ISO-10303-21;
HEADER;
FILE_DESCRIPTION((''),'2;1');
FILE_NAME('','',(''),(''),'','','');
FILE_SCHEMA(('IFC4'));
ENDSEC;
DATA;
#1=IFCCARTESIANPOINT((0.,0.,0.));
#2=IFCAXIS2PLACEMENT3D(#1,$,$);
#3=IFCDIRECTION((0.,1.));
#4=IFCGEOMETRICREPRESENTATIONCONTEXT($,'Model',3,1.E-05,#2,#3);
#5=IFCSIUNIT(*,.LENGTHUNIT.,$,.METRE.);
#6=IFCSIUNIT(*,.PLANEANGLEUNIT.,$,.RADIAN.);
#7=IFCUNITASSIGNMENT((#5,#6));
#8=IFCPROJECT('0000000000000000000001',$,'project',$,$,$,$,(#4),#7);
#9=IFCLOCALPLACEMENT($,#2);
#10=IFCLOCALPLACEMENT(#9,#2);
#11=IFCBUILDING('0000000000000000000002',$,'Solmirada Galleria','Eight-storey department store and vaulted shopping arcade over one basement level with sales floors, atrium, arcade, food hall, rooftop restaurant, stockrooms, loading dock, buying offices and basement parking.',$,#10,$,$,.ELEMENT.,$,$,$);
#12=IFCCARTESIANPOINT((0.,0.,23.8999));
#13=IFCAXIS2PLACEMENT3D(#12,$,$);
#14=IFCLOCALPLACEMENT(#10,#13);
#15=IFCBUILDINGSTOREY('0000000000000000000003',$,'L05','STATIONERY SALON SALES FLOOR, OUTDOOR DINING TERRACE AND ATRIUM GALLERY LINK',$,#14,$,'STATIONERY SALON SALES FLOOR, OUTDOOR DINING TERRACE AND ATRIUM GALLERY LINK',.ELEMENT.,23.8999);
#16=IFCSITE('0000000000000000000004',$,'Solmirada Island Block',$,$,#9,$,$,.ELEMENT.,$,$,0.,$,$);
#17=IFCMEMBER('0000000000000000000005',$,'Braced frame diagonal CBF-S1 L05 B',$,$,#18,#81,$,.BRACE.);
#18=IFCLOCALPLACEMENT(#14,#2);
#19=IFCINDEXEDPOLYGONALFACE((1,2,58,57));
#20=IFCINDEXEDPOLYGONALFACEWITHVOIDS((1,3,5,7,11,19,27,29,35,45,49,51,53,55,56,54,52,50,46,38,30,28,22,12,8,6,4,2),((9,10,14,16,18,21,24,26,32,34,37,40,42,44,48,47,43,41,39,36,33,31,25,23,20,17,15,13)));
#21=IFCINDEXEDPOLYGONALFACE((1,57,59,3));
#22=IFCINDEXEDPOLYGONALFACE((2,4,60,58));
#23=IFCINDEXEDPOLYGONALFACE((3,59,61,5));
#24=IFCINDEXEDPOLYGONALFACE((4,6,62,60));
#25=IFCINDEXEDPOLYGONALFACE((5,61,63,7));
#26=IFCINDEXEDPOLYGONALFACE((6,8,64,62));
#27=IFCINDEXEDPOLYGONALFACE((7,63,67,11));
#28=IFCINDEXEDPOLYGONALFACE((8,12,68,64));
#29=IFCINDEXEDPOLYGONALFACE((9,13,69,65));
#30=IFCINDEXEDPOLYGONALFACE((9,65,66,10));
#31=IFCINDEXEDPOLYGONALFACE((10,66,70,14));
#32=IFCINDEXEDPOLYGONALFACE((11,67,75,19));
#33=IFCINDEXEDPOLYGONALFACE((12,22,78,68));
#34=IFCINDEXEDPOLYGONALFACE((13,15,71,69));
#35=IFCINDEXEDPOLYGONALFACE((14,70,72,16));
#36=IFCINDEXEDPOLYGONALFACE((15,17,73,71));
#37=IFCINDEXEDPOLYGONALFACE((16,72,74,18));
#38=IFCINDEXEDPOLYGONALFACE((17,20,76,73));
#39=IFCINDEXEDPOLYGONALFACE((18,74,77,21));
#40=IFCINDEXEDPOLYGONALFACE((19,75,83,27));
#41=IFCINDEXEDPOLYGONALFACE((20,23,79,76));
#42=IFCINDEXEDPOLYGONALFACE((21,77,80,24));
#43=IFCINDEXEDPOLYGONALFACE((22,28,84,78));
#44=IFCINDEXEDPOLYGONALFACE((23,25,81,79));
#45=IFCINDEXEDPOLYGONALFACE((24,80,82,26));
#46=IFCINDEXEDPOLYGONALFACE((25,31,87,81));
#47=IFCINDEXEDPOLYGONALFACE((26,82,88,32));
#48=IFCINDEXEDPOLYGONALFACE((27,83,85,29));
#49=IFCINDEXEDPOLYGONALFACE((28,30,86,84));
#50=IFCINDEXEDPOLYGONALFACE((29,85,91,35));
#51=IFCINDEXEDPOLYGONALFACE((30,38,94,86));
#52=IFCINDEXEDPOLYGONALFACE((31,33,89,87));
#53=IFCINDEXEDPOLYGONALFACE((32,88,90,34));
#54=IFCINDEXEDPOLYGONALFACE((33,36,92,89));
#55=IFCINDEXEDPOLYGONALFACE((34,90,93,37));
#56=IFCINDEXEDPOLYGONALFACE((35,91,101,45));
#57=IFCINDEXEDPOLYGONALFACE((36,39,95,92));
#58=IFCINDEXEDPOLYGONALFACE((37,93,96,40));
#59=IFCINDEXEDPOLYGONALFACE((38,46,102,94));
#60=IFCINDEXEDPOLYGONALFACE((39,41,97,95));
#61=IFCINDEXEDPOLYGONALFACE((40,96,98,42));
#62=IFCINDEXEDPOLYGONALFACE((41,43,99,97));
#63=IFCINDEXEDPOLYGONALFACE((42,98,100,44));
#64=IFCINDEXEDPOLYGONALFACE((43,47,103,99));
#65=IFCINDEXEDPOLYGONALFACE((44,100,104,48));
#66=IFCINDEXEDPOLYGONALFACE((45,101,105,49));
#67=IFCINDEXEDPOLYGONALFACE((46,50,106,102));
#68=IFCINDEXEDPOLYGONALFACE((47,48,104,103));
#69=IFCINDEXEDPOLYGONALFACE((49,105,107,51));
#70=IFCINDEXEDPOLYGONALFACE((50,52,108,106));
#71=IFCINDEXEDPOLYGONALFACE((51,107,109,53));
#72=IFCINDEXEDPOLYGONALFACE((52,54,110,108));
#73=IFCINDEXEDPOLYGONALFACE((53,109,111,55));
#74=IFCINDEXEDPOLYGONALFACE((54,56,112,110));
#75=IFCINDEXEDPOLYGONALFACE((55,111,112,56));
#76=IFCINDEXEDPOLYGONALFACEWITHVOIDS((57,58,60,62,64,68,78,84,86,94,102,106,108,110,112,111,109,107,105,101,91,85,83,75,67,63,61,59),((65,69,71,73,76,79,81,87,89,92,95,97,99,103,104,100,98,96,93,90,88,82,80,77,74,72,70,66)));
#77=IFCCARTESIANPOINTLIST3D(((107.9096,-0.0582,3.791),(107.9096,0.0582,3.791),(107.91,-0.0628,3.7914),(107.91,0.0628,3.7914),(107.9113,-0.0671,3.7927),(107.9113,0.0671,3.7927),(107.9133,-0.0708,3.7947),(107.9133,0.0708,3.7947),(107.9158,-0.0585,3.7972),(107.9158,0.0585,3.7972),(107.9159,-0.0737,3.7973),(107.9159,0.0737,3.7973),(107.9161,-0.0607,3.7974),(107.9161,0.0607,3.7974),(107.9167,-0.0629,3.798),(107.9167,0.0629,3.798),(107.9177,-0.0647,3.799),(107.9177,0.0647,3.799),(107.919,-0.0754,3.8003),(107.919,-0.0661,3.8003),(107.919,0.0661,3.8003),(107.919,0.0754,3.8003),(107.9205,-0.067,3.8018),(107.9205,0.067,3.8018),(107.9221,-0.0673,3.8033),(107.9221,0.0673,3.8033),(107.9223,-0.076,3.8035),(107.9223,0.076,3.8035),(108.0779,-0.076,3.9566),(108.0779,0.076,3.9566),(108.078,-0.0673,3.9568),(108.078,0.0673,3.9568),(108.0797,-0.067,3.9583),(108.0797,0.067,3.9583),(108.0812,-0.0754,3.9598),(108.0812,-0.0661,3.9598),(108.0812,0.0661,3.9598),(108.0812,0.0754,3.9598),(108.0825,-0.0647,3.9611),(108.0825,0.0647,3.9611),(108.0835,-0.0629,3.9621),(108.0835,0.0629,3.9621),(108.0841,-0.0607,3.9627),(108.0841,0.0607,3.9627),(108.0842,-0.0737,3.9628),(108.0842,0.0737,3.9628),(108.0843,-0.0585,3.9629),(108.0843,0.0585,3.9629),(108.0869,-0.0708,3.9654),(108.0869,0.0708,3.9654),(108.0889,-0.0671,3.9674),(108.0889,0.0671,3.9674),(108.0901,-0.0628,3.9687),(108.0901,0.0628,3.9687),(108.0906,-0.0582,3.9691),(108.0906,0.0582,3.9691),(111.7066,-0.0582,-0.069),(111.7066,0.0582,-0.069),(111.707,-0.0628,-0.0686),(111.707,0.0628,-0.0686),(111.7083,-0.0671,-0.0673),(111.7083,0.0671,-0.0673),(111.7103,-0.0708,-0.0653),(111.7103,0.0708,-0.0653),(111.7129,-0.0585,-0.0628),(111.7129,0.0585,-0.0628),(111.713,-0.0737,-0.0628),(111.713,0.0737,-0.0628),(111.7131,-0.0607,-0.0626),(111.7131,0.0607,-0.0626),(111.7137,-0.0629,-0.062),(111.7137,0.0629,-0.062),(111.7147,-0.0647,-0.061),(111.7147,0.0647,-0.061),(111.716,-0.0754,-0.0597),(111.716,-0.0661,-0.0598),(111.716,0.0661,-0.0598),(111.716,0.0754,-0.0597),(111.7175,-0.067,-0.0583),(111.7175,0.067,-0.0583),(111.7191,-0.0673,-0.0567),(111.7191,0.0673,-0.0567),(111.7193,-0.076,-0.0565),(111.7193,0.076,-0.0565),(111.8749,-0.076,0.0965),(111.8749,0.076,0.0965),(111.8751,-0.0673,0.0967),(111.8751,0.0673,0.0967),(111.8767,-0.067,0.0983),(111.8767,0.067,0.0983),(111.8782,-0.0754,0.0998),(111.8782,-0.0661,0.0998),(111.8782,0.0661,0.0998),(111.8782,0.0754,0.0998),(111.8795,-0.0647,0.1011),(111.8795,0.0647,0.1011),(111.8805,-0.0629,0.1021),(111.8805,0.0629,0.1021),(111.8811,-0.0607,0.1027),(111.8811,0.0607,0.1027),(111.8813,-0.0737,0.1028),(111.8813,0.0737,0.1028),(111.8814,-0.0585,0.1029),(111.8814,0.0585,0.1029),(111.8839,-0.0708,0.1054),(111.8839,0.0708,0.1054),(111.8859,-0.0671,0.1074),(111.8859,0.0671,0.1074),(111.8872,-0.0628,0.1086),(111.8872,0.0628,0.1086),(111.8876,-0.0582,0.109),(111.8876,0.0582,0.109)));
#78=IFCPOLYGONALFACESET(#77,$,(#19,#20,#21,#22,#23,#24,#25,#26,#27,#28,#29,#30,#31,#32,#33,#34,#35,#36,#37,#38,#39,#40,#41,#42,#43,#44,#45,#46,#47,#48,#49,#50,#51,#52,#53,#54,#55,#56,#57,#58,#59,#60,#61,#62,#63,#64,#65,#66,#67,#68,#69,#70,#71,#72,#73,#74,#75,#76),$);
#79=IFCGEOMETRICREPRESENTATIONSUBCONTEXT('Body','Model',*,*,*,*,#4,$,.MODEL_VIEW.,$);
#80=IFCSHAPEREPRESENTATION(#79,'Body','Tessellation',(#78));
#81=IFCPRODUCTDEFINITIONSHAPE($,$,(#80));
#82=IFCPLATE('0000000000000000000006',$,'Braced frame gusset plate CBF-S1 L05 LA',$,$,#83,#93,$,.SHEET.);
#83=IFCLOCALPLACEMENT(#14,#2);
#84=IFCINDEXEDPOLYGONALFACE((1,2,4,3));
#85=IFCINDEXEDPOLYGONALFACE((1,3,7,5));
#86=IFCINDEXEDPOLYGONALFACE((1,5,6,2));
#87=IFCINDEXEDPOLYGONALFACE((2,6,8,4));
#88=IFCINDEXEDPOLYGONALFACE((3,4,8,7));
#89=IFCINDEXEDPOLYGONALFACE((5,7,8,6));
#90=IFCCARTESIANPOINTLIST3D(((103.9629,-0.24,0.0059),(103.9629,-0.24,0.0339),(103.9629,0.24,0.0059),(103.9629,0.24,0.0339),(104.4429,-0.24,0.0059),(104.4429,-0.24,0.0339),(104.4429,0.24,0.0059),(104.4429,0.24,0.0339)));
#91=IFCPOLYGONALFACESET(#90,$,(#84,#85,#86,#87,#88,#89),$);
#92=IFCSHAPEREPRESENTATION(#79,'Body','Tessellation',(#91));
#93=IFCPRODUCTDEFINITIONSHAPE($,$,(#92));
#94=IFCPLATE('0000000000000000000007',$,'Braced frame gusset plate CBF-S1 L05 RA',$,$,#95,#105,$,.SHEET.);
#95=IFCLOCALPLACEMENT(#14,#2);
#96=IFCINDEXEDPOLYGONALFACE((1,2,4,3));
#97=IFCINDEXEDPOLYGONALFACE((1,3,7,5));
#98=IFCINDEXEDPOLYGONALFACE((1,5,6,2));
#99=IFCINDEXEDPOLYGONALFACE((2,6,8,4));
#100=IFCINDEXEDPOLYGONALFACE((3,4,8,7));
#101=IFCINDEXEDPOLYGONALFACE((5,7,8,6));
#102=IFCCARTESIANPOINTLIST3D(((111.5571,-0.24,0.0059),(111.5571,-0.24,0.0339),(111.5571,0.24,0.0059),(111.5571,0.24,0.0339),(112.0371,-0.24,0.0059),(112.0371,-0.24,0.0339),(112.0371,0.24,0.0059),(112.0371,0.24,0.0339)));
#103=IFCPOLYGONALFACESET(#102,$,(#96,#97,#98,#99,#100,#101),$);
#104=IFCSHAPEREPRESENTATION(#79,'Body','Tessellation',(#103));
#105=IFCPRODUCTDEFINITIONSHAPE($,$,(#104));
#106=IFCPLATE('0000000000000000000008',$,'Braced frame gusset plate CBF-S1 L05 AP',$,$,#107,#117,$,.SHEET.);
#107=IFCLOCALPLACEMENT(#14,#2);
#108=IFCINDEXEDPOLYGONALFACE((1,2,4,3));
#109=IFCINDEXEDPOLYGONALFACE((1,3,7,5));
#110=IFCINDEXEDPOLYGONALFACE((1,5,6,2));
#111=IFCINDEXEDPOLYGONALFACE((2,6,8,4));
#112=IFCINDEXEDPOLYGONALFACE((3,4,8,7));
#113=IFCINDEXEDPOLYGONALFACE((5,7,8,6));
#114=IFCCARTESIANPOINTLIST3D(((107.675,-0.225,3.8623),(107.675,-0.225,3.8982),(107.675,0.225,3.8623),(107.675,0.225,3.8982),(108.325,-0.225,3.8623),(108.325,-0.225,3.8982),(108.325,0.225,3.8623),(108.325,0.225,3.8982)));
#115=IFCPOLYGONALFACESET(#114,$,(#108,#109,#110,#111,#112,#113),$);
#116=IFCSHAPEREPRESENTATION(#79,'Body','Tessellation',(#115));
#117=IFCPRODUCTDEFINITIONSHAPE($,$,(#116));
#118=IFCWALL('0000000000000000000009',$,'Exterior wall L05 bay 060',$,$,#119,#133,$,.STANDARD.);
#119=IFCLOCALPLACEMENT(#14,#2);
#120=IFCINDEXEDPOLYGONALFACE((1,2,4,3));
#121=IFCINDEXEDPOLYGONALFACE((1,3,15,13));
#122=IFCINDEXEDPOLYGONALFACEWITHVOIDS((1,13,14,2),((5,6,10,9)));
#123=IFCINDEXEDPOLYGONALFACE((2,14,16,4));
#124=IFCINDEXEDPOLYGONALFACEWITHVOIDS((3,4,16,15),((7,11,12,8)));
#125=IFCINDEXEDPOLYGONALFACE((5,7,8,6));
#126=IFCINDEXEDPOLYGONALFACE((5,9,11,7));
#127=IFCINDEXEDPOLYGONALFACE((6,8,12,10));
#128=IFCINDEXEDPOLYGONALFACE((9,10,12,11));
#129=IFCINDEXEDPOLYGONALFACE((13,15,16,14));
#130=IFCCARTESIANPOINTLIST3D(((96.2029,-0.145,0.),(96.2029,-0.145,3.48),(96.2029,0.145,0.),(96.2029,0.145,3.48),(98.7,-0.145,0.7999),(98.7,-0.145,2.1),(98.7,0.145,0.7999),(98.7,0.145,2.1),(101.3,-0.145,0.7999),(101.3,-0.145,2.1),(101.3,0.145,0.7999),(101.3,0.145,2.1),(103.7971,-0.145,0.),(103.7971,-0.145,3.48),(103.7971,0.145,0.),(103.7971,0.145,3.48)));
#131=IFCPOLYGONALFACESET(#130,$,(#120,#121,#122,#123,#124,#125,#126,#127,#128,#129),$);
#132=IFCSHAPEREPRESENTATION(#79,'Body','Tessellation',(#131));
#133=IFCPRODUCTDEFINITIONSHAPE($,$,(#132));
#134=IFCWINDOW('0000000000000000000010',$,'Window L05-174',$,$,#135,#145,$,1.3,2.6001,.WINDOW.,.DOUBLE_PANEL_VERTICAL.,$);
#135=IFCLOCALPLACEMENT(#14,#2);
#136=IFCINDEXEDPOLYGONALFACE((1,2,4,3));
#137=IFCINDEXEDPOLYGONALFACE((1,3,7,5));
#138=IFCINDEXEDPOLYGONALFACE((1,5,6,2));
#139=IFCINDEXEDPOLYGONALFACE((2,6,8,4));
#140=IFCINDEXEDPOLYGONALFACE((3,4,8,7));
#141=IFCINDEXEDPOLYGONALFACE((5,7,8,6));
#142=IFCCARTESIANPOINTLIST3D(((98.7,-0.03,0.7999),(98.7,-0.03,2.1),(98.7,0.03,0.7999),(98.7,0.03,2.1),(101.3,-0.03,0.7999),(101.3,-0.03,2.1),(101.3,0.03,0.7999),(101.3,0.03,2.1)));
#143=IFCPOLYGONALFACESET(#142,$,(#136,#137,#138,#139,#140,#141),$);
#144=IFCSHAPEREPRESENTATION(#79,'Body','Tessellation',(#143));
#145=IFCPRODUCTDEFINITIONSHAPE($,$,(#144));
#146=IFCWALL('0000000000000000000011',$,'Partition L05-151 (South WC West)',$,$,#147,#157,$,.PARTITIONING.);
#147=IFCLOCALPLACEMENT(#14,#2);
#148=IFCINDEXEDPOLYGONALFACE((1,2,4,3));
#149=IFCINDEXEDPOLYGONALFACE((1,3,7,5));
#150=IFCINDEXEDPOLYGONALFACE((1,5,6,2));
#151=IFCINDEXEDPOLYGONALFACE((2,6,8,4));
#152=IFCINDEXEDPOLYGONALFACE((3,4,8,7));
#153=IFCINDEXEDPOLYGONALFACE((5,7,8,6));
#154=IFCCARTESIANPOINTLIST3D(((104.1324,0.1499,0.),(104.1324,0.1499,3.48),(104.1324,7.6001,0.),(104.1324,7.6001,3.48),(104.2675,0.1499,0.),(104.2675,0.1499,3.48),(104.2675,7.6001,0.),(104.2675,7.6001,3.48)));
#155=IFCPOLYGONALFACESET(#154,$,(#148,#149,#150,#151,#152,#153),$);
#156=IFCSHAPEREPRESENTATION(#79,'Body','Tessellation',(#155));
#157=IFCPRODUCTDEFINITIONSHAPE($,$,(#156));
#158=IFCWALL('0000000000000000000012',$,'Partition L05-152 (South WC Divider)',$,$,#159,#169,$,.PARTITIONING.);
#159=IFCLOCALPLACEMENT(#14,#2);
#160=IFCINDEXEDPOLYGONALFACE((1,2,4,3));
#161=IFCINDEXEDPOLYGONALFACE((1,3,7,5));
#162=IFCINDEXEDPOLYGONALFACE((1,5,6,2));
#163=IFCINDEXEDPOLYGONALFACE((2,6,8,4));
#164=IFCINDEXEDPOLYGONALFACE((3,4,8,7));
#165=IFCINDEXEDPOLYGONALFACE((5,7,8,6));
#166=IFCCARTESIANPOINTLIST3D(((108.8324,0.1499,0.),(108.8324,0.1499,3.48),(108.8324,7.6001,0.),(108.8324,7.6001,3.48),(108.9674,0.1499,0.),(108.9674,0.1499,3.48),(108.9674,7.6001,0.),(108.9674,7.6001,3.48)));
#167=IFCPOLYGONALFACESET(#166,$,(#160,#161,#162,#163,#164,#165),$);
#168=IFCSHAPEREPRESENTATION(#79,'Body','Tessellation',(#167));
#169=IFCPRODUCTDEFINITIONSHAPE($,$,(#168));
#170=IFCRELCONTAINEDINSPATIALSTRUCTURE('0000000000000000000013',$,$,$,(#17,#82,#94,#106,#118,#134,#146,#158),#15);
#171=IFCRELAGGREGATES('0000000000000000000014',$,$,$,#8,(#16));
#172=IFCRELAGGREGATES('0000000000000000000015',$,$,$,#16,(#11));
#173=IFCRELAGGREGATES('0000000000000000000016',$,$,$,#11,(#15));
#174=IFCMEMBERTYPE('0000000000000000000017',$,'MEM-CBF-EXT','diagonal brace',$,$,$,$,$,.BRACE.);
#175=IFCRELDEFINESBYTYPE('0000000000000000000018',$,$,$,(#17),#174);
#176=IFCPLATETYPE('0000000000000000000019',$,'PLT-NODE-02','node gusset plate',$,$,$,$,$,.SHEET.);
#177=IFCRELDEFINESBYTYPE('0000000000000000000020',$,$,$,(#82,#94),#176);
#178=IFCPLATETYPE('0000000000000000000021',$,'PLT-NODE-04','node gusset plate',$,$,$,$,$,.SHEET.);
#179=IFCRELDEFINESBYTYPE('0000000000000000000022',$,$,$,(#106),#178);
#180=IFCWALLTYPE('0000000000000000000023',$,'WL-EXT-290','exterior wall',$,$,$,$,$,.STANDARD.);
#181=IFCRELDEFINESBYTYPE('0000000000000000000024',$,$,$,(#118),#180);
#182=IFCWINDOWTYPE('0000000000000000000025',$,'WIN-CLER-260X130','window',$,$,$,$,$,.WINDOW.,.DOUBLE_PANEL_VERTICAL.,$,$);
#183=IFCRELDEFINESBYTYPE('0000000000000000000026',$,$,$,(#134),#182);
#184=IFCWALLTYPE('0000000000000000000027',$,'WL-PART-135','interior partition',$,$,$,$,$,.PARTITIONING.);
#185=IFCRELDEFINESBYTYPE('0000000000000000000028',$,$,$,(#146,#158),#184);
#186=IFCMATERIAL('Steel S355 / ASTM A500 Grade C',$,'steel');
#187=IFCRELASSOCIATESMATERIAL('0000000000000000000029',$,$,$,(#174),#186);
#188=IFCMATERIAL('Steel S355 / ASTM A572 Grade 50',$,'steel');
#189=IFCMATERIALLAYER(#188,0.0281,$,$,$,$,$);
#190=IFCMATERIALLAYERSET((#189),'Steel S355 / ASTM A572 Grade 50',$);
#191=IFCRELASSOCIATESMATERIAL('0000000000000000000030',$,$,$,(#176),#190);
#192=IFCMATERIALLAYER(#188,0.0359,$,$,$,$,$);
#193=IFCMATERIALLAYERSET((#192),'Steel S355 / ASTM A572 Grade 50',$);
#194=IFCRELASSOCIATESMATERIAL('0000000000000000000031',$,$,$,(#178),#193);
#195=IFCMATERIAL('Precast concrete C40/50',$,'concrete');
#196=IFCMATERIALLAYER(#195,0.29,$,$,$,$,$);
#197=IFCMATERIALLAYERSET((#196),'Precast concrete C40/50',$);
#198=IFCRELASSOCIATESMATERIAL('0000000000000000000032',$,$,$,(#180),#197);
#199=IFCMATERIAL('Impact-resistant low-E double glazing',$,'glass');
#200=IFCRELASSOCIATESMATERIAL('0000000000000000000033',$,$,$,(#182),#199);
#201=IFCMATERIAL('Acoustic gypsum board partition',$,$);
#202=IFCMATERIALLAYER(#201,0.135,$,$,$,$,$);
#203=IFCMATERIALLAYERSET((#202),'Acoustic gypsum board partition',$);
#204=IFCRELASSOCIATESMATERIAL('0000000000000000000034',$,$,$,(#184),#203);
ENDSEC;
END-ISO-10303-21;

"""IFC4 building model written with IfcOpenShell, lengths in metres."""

from ifc_helpers import new_model, si_unit, direction, frame, frame_2d, origin, origin_2d, place, context, subcontext, project, spatial, rectangle, hollow_rectangle, extrude, material, layer, layer_set, material_profile, profile_set, type_object, element, fill, save


model = new_model("IFC4")

# Units and contexts
model_context = context("Model", 3, precision=1e-05, world=origin(), true_north=direction((0.0, 1.0)))
body_context = subcontext(model_context, "Body", "Model", "MODEL_VIEW")
ifc_project = project(units=[si_unit("LENGTHUNIT", "METRE"), si_unit("PLANEANGLEUNIT", "RADIAN")], contexts=[model_context])

# Site, building, storey
site_placement = place(None, origin())
site = spatial("IfcSite", under=ifc_project, at=site_placement, Name="Solmirada Island Block", CompositionType="ELEMENT", RefElevation=0.0)
building_placement = place(site_placement, origin())
building = spatial("IfcBuilding", under=site, at=building_placement, Name="Solmirada Galleria", Description="Eight-storey department store and vaulted shopping arcade over one basement level with sales floors, atrium, arcade, food hall, rooftop restaurant, stockrooms, loading dock, buying offices and basement parking.", CompositionType="ELEMENT")
storey_placement = place(building_placement, frame((0.0, 0.0, 23.8999)))
storey = spatial("IfcBuildingStorey", under=building, at=storey_placement, Name="L05", Description="STATIONERY SALON SALES FLOOR, OUTDOOR DINING TERRACE AND ATRIUM GALLERY LINK", LongName="STATIONERY SALON SALES FLOOR, OUTDOOR DINING TERRACE AND ATRIUM GALLERY LINK", CompositionType="ELEMENT", Elevation=23.8999)

# Shared definitions
ifc_material_1 = material(Name="Steel S355 / ASTM A500 Grade C", Category="steel")

# Member
ifc_material_profile_1 = material_profile(ifc_material_1, hollow_rectangle(XDim=0.1521, YDim=0.2539, WallThickness=0.0088, InnerFilletRadius=0.0088, OuterFilletRadius=0.0178, at=origin_2d()), Name="HSS10X6X3/8")
ifc_profile_set_1 = profile_set([ifc_material_profile_1], Name="Steel S355 / ASTM A500 Grade C")
member_type = type_object("IfcMemberType", Name="MEM-CBF-EXT", Description="diagonal brace", PredefinedType="BRACE", material=ifc_profile_set_1)
for number, where, z_axis, x_axis, name in (
    (1, (111.7971, 0.0, 0.02), (-0.701266, 0.0, 0.712899), (0.0, -1.0, 0.0), "Braced frame diagonal CBF-S1 L05 B"),
):
    element("IfcMember", number, at=place(storey_placement, frame(where, z_axis=z_axis, x_axis=x_axis)), inside=storey, type_object=member_type, Name=name, PredefinedType="BRACE", context=body_context, shape_type="SweptSolid", body=[
        extrude(hollow_rectangle(XDim=0.1521, YDim=0.2539, WallThickness=0.0088, InnerFilletRadius=0.0088, OuterFilletRadius=0.0178, at=origin_2d()), origin(), (0.0, 0.0, 1.0), 5.4146),
    ])

# Plates
ifc_material_2 = material(Name="Steel S355 / ASTM A572 Grade 50", Category="steel")
ifc_layer_1 = layer(ifc_material_2, 0.0281)
ifc_layer_set_1 = layer_set([ifc_layer_1], Name="Steel S355 / ASTM A572 Grade 50")
plate_type_1 = type_object("IfcPlateType", Name="PLT-NODE-02", Description="node gusset plate", PredefinedType="SHEET", material=ifc_layer_set_1)
for number, where, z_axis, x_axis, name in (
    (2, (104.2029, 0.0, 0.0059), (0.0, 0.0, 1.0), (1.0, 0.0, 0.0), "Braced frame gusset plate CBF-S1 L05 LA"),
    (3, (111.7971, 0.0, 0.0059), (0.0, 0.0, 1.0), (1.0, 0.0, 0.0), "Braced frame gusset plate CBF-S1 L05 RA"),
):
    element("IfcPlate", number, at=place(storey_placement, frame(where, z_axis=z_axis, x_axis=x_axis)), inside=storey, type_object=plate_type_1, Name=name, PredefinedType="SHEET", context=body_context, shape_type="SweptSolid", body=[
        extrude(rectangle(XDim=0.48, YDim=0.48, at=origin_2d()), origin(), (0.0, 0.0, 1.0), 0.0281),
    ])
ifc_layer_2 = layer(ifc_material_2, 0.0359)
ifc_layer_set_2 = layer_set([ifc_layer_2], Name="Steel S355 / ASTM A572 Grade 50")
plate_type_2 = type_object("IfcPlateType", Name="PLT-NODE-04", Description="node gusset plate", PredefinedType="SHEET", material=ifc_layer_set_2)
plate_placement = place(storey_placement, frame((108.0, 0.0, 3.8623), z_axis=(0.0, 0.0, 1.0), x_axis=(1.0, 0.0, 0.0)))
element("IfcPlate", 4, at=plate_placement, inside=storey, type_object=plate_type_2, Name="Braced frame gusset plate CBF-S1 L05 AP", PredefinedType="SHEET", context=body_context, shape_type="SweptSolid", body=[
    extrude(rectangle(XDim=0.6499, YDim=0.45, at=origin_2d()), origin(), (0.0, 0.0, 1.0), 0.0359),
])

# Wall, opening, window
ifc_material_3 = material(Name="Precast concrete C40/50", Category="concrete")
ifc_layer_3 = layer(ifc_material_3, 0.29)
ifc_layer_set_3 = layer_set([ifc_layer_3], Name="Precast concrete C40/50")
wall_type_1 = type_object("IfcWallType", Name="WL-EXT-290", Description="exterior wall", PredefinedType="STANDARD", material=ifc_layer_set_3)
wall_1_placement = place(storey_placement, frame((103.7971, 0.0, 0.0), z_axis=(0.0, 0.0, 1.0), x_axis=(-1.0, 0.0, 0.0)))
wall_1 = element("IfcWall", 5, at=wall_1_placement, inside=storey, type_object=wall_type_1, Name="Exterior wall L05 bay 060", PredefinedType="STANDARD", context=body_context, shape_type="SweptSolid", body=[
    extrude(rectangle(XDim=7.5942, YDim=0.29, at=frame_2d((3.7971, 0.0))), origin(), (0.0, 0.0, 1.0), 3.48),
])
opening_1_placement = place(wall_1_placement, frame((2.4971, 0.0, 0.8)))
opening_1 = element("IfcOpeningElement", 6, at=opening_1_placement, cuts=wall_1, PredefinedType="OPENING", context=body_context, shape_type="SweptSolid", body=[
    extrude(rectangle(XDim=2.6001, YDim=1.3, at=frame_2d((1.3, 0.6499))), frame((0.0, 0.155, 0.0), z_axis=(0.0, -1.0, 0.0), x_axis=(1.0, 0.0, 0.0)), (0.0, 0.0, 1.0), 0.3101),
])
ifc_material_4 = material(Name="Impact-resistant low-E double glazing", Category="glass")
window_type = type_object("IfcWindowType", Name="WIN-CLER-260X130", Description="window", PartitioningType="DOUBLE_PANEL_VERTICAL", PredefinedType="WINDOW", material=ifc_material_4)
window_placement = place(opening_1_placement, origin())
window = element("IfcWindow", 7, at=window_placement, inside=storey, type_object=window_type, Name="Window L05-174", OverallHeight=1.3, OverallWidth=2.6001, PartitioningType="DOUBLE_PANEL_VERTICAL", PredefinedType="WINDOW", context=body_context, shape_type="SweptSolid", body=[
    extrude(rectangle(XDim=2.6001, YDim=1.3, at=frame_2d((1.3, 0.6499))), frame((0.0, 0.03, 0.0), z_axis=(0.0, -1.0, 0.0), x_axis=(1.0, 0.0, 0.0)), (0.0, 0.0, 1.0), 0.0601),
])
fill(opening_1, window)

# Walls
ifc_material_5 = material(Name="Acoustic gypsum board partition")
ifc_layer_4 = layer(ifc_material_5, 0.135)
ifc_layer_set_4 = layer_set([ifc_layer_4], Name="Acoustic gypsum board partition")
wall_type_2 = type_object("IfcWallType", Name="WL-PART-135", Description="interior partition", PredefinedType="PARTITIONING", material=ifc_layer_set_4)
for number, where, z_axis, x_axis, name in (
    (8, (104.2, 0.1499, 0.0), (0.0, 0.0, 1.0), (0.0, 1.0, 0.0), "Partition L05-151 (South WC West)"),
    (9, (108.8999, 0.1499, 0.0), (0.0, 0.0, 1.0), (0.0, 1.0, 0.0), "Partition L05-152 (South WC Divider)"),
):
    element("IfcWall", number, at=place(storey_placement, frame(where, z_axis=z_axis, x_axis=x_axis)), inside=storey, type_object=wall_type_2, Name=name, PredefinedType="PARTITIONING", context=body_context, shape_type="SweptSolid", body=[
        extrude(rectangle(XDim=7.4502, YDim=0.135, at=frame_2d((3.7251, 0.0))), origin(), (0.0, 0.0, 1.0), 3.48),
    ])

save(model, "model.ifc")
